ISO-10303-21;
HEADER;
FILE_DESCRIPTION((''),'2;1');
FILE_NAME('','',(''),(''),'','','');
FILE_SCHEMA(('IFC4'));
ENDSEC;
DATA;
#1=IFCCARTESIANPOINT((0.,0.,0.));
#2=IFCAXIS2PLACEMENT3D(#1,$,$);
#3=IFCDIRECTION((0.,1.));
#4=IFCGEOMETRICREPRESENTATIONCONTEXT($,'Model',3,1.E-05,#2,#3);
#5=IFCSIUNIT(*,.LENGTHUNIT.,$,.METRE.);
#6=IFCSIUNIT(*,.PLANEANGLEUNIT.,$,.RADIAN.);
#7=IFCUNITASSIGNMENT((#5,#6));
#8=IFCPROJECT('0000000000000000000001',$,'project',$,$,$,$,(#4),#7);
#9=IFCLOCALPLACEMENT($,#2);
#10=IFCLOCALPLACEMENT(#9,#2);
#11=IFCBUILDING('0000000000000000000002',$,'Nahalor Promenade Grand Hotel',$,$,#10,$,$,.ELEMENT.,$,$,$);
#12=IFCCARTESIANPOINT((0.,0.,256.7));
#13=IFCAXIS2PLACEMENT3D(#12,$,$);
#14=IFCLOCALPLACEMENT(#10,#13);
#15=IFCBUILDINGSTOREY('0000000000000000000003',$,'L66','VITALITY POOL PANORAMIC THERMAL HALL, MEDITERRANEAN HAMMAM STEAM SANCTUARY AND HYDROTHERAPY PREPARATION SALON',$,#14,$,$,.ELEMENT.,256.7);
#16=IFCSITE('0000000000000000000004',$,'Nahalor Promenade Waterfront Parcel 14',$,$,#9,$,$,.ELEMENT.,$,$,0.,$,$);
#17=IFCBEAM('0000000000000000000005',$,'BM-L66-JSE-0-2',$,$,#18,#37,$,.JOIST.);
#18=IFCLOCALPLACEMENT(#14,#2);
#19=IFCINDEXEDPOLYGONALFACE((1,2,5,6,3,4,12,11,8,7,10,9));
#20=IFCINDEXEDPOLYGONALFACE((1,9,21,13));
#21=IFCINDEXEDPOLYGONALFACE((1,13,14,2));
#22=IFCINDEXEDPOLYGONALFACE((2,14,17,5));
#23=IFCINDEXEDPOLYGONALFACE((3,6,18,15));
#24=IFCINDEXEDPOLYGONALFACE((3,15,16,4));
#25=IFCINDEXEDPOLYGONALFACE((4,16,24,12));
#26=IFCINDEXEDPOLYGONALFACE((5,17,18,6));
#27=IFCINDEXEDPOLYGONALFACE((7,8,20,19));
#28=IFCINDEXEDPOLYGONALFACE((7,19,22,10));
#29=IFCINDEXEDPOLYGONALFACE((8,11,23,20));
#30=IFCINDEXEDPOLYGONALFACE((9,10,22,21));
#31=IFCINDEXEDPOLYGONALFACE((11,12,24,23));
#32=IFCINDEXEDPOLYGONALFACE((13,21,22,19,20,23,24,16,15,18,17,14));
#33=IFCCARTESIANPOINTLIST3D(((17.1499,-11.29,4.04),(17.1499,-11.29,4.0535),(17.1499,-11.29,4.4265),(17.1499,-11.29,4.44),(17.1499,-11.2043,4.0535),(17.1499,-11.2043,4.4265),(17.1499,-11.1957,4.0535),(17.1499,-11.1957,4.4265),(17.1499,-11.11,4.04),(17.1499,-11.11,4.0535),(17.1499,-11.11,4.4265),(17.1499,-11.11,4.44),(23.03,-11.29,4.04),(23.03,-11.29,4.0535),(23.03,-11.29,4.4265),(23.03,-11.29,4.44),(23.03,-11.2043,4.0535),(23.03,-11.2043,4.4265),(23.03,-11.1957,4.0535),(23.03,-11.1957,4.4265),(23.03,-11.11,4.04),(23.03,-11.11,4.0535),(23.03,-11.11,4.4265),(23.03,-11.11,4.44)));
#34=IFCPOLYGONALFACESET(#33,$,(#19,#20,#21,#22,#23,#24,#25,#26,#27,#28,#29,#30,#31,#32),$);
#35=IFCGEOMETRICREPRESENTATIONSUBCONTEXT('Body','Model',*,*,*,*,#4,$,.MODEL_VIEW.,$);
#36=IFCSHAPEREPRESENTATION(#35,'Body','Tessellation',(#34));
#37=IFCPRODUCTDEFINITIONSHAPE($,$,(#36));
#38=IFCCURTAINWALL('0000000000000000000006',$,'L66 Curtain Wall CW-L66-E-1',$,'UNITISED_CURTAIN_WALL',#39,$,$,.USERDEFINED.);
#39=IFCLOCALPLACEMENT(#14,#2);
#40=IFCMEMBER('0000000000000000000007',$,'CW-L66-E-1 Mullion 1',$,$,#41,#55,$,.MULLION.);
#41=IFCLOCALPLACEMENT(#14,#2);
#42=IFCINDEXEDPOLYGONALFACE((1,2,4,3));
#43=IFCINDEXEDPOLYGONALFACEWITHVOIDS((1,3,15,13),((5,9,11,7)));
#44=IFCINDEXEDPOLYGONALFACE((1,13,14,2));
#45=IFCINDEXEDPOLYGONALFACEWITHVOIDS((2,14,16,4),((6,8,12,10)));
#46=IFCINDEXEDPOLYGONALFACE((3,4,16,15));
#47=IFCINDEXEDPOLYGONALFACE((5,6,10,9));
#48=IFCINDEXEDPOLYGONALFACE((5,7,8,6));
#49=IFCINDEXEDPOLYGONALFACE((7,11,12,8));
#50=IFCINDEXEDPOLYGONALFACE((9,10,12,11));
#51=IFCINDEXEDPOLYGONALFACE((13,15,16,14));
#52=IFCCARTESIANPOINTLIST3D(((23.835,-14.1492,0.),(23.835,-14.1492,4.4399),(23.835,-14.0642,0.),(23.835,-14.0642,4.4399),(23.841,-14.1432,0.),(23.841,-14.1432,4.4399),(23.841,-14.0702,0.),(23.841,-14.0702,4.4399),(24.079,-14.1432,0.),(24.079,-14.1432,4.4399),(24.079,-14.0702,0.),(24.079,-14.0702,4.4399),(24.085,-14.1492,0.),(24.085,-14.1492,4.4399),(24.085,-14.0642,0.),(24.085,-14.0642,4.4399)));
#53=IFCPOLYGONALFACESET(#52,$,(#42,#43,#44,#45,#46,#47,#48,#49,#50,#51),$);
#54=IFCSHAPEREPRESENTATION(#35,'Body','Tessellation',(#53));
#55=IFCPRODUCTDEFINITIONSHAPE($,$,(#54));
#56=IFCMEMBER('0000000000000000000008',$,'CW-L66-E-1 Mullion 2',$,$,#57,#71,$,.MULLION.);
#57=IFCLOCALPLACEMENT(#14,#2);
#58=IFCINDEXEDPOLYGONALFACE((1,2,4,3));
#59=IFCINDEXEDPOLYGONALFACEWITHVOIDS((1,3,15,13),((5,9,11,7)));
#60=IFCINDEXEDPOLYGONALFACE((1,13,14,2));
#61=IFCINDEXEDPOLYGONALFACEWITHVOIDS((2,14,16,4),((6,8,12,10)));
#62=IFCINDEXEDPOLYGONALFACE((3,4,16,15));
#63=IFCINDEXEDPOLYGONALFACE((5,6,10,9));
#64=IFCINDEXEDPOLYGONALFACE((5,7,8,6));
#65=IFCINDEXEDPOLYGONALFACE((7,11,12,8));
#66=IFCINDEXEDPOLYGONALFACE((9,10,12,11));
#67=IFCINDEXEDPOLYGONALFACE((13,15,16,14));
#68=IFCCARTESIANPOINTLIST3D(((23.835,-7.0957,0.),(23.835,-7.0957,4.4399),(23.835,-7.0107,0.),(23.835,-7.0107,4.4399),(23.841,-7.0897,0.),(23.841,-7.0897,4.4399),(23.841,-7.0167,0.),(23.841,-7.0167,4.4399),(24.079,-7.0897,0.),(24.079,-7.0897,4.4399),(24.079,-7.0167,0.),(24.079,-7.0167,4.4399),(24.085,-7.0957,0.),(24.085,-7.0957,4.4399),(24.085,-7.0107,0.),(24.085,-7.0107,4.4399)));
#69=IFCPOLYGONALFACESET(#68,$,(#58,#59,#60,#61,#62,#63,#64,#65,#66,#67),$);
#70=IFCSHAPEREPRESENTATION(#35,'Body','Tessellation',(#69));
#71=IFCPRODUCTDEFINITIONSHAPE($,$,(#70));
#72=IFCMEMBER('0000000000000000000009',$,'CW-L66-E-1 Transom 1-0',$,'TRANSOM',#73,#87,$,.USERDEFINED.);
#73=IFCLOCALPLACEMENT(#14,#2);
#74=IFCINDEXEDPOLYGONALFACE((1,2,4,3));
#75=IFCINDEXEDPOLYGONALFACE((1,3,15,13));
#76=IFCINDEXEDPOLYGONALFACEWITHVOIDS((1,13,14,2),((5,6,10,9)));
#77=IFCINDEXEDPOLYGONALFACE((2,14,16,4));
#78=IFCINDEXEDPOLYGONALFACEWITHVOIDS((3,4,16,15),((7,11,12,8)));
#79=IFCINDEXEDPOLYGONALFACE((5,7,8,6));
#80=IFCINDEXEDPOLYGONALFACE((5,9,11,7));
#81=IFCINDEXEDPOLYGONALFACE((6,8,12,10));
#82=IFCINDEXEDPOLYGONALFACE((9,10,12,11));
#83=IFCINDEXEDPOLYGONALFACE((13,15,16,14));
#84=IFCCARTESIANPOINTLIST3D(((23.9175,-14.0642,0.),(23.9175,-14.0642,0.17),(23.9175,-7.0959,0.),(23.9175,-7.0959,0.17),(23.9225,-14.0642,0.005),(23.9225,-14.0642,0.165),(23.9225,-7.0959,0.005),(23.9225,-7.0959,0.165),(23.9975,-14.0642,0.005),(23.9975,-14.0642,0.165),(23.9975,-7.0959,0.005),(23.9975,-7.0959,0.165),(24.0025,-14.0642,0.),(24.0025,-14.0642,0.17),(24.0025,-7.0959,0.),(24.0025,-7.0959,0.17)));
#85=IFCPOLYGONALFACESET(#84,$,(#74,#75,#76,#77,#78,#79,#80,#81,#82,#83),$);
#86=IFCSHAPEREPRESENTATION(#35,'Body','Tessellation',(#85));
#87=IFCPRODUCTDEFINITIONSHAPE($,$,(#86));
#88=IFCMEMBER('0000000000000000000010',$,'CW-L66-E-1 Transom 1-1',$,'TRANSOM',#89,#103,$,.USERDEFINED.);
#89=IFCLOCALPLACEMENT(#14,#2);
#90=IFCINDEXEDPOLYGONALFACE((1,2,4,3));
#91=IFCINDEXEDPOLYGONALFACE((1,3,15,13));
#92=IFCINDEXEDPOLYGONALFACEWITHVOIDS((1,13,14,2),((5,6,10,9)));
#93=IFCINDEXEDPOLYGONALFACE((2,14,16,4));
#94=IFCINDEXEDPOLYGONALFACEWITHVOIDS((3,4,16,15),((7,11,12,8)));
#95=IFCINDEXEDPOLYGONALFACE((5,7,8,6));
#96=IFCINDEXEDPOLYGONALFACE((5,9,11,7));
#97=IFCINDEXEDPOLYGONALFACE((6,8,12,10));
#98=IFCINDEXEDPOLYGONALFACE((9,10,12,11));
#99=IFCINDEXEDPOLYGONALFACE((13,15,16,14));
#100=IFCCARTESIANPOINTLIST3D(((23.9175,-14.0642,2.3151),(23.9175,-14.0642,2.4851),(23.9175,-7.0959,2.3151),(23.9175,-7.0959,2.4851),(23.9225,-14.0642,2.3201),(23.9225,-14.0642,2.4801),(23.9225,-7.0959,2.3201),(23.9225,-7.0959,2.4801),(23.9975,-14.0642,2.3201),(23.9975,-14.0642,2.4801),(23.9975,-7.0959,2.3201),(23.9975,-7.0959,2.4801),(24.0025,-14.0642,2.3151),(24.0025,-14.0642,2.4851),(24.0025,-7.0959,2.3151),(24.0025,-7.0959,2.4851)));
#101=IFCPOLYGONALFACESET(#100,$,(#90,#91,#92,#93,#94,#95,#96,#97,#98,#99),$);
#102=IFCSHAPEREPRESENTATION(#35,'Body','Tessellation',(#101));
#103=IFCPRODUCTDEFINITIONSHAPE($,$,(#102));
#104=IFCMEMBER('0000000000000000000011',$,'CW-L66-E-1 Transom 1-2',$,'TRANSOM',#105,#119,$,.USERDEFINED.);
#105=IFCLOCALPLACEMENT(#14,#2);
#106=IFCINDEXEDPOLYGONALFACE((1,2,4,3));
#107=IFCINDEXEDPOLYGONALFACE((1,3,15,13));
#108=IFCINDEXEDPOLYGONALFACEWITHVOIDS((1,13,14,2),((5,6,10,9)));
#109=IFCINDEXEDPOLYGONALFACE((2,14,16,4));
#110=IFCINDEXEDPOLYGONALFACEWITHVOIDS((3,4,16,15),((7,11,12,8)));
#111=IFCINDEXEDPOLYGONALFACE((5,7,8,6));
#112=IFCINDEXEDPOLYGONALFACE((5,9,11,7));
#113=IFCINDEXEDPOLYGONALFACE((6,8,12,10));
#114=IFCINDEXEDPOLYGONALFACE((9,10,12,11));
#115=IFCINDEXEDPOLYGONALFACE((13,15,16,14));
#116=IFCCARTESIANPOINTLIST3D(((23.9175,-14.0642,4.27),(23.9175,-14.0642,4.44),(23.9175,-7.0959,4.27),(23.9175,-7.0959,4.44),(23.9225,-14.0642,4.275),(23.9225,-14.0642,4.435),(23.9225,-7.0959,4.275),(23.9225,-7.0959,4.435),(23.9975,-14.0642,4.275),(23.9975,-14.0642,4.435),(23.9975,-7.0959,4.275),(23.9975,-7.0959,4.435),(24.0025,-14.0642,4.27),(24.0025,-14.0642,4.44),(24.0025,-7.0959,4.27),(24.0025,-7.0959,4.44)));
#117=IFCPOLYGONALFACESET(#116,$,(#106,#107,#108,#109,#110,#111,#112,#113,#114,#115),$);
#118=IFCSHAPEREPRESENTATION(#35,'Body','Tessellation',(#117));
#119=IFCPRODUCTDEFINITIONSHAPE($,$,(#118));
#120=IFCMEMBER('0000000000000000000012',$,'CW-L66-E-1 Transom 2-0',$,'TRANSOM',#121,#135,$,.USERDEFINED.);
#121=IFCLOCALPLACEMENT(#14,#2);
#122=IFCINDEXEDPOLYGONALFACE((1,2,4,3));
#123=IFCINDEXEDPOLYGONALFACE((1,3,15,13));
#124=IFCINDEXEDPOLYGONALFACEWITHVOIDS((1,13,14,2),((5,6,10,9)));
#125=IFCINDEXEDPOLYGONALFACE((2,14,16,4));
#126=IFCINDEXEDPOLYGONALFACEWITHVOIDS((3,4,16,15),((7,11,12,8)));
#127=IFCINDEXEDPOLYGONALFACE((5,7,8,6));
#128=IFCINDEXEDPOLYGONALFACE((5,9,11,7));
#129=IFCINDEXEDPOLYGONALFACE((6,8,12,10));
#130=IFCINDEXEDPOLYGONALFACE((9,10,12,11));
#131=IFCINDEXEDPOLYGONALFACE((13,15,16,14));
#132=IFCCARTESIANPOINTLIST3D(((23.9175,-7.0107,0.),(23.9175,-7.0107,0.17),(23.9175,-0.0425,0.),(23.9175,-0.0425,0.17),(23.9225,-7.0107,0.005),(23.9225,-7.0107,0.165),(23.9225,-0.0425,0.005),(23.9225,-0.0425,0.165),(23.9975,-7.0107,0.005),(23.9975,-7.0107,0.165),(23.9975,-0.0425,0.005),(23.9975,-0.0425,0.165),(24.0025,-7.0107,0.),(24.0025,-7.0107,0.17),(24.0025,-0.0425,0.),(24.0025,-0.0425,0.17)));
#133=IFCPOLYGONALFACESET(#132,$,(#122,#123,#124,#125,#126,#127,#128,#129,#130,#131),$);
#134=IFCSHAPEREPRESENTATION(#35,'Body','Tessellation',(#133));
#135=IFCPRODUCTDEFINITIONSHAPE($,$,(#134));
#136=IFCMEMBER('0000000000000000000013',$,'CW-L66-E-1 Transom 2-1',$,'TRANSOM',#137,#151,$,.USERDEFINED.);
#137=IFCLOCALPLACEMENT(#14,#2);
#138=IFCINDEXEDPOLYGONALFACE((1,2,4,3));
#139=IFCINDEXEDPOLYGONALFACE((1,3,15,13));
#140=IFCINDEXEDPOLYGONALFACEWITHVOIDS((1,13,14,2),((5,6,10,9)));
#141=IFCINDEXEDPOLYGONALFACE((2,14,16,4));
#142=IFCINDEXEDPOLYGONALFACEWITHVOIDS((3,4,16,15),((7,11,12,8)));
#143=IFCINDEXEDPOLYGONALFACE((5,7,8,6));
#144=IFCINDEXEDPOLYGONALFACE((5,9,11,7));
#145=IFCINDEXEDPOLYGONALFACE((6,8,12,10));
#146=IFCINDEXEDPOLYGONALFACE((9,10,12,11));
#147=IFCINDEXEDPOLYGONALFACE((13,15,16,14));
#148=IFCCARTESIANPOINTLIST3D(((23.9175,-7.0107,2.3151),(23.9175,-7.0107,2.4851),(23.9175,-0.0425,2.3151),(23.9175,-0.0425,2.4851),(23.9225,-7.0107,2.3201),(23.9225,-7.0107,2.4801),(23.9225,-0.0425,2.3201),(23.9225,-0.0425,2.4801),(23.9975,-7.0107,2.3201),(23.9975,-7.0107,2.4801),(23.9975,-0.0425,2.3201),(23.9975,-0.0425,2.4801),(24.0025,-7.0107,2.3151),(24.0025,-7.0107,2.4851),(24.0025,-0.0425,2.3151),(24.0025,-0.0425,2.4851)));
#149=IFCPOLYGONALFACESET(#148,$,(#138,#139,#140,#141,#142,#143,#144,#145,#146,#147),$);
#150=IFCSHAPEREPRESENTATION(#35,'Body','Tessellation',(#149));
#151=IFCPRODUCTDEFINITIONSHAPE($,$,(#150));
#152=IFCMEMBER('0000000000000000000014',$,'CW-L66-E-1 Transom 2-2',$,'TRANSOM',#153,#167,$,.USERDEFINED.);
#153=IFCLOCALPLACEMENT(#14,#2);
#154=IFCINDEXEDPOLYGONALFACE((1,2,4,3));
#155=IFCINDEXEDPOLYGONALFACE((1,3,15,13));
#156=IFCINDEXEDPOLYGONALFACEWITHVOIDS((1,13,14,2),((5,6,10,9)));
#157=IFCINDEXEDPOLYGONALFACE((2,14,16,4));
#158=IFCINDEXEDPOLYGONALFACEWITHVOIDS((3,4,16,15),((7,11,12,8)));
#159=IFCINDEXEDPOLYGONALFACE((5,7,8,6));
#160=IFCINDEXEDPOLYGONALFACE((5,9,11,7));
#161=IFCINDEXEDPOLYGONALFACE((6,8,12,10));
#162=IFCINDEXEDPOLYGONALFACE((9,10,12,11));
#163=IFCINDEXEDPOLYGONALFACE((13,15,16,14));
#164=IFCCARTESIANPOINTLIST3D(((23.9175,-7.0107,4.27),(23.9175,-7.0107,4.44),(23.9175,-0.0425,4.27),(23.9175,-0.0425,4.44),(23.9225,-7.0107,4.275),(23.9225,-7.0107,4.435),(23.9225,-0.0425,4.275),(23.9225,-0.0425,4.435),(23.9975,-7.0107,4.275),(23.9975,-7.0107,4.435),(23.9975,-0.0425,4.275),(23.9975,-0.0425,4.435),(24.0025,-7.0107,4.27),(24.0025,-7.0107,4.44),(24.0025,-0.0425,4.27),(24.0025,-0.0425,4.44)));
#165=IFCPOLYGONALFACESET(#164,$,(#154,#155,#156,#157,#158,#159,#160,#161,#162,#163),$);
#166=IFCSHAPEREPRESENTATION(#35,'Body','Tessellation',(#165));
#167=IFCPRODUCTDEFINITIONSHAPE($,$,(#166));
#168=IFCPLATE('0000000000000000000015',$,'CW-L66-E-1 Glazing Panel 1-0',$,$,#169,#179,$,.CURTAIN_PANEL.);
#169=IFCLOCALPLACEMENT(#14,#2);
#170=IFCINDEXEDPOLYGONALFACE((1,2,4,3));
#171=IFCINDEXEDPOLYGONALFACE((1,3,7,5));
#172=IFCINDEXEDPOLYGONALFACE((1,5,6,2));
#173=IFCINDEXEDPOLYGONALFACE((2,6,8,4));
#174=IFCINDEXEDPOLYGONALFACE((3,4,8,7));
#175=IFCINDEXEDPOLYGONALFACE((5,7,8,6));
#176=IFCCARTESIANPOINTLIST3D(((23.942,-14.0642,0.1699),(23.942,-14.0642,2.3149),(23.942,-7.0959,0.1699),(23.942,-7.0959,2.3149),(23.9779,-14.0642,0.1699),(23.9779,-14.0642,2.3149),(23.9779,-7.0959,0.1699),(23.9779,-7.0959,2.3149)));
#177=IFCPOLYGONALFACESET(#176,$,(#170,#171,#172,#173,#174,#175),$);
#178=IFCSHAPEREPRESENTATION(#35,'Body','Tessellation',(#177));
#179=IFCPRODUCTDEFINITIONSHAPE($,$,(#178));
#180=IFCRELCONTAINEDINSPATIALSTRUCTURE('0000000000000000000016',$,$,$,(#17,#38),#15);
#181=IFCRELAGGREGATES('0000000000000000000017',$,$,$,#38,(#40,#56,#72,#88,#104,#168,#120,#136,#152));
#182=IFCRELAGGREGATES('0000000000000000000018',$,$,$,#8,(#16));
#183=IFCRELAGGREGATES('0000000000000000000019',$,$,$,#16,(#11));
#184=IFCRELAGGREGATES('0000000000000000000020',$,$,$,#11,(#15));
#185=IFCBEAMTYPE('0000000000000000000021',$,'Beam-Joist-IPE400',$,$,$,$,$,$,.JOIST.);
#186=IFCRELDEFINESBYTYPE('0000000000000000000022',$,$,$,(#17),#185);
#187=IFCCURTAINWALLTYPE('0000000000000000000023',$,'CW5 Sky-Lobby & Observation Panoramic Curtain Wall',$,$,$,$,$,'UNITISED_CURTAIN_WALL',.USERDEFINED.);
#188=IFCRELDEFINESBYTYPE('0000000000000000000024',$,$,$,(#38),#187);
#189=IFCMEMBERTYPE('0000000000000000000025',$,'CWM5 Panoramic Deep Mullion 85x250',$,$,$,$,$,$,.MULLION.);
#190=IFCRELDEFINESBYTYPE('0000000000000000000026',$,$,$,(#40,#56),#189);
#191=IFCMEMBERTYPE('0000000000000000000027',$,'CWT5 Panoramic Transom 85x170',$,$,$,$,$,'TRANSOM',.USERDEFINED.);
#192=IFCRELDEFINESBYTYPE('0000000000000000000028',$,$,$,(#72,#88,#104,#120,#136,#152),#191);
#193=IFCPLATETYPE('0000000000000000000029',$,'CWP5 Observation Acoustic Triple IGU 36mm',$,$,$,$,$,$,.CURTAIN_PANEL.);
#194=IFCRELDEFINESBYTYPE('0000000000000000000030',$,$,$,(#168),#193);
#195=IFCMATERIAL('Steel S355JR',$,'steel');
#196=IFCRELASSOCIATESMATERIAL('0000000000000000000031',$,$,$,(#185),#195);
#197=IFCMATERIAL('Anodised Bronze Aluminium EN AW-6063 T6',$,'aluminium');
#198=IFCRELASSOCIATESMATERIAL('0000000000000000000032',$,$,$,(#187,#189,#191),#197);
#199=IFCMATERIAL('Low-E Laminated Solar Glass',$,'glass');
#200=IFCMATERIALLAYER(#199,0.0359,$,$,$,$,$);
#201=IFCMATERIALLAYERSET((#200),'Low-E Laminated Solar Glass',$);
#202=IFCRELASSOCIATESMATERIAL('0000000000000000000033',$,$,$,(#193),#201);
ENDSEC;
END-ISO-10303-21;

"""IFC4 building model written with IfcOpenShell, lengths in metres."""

from ifc_helpers import new_model, si_unit, direction, frame, origin, origin_2d, place, context, subcontext, project, spatial, rectangle, hollow_rectangle, i_section, extrude, source, transform, mapped, material, layer, layer_set, material_profile, profile_set, type_object, element, aggregate, save


model = new_model("IFC4")

# Units and contexts
model_context = context("Model", 3, precision=1e-05, world=origin(), true_north=direction((0.0, 1.0)))
body_context = subcontext(model_context, "Body", "Model", "MODEL_VIEW")
ifc_project = project(units=[si_unit("LENGTHUNIT", "METRE"), si_unit("PLANEANGLEUNIT", "RADIAN")], contexts=[model_context])

# Site, building, storey
site_placement = place(None, origin())
site = spatial("IfcSite", under=ifc_project, at=site_placement, Name="Nahalor Promenade Waterfront Parcel 14", CompositionType="ELEMENT", RefElevation=0.0)
building_placement = place(site_placement, origin())
building = spatial("IfcBuilding", under=site, at=building_placement, Name="Nahalor Promenade Grand Hotel", CompositionType="ELEMENT")
storey_placement = place(building_placement, frame((0.0, 0.0, 256.7)))
storey = spatial("IfcBuildingStorey", under=building, at=storey_placement, Name="L66", Description="VITALITY POOL PANORAMIC THERMAL HALL, MEDITERRANEAN HAMMAM STEAM SANCTUARY AND HYDROTHERAPY PREPARATION SALON", CompositionType="ELEMENT", Elevation=256.7)

# Shared definitions
ifc_material_1 = material(Name="Steel S355JR", Category="steel")

# Beam
ifc_material_profile_1 = material_profile(ifc_material_1, i_section(OverallWidth=0.18, OverallDepth=0.4, WebThickness=0.0086, FlangeThickness=0.0135, at=origin_2d()), Name="IPE 400")
ifc_profile_set_1 = profile_set([ifc_material_profile_1], Name="Steel S355JR")
beam_type_1 = type_object("IfcBeamType", Name="Beam-Joist-IPE400", PredefinedType="JOIST", material=ifc_profile_set_1)
shared_shape_1 = source(origin(), body_context, "Body", "SweptSolid", [
    extrude(i_section(OverallWidth=0.18, OverallDepth=0.4, WebThickness=0.0086, FlangeThickness=0.0135, at=origin_2d()), origin(), (0.0, 0.0, 1.0), 5.8801),
])
beam_1_placement = place(storey_placement, frame((17.1499, -11.2, 4.24), z_axis=(1.0, 0.0, 0.0), x_axis=(0.0, 1.0, 0.0)))
element("IfcBeam", 1, at=beam_1_placement, inside=storey, type_object=beam_type_1, Name="BM-L66-JSE-0-2", PredefinedType="JOIST", context=body_context, shape_type="MappedRepresentation", body=[
    mapped(shared_shape_1, transform((0.0, 0.0, 0.0), scale=1.0)),
])

# Curtain wall, members, plate
ifc_material_2 = material(Name="Anodised Bronze Aluminium EN AW-6063 T6", Category="aluminium")
curtain_wall_type = type_object("IfcCurtainWallType", Name="CW5 Sky-Lobby & Observation Panoramic Curtain Wall", ElementType="UNITISED_CURTAIN_WALL", PredefinedType="USERDEFINED", material=ifc_material_2)
curtain_wall_placement = place(storey_placement, origin())
curtain_wall = element("IfcCurtainWall", 2, at=curtain_wall_placement, inside=storey, type_object=curtain_wall_type, Name="L66 Curtain Wall CW-L66-E-1", ObjectType="UNITISED_CURTAIN_WALL", PredefinedType="USERDEFINED")
ifc_material_profile_2 = material_profile(ifc_material_2, hollow_rectangle(XDim=0.085, YDim=0.25, WallThickness=0.006, at=origin_2d()), Name="CWM 85x250x6")
ifc_profile_set_2 = profile_set([ifc_material_profile_2], Name="Anodised Bronze Aluminium EN AW-6063 T6")
member_type_1 = type_object("IfcMemberType", Name="CWM5 Panoramic Deep Mullion 85x250", PredefinedType="MULLION", material=ifc_profile_set_2)
shared_shape_2 = source(origin(), body_context, "Body", "SweptSolid", [
    extrude(hollow_rectangle(XDim=0.085, YDim=0.25, WallThickness=0.006, at=origin_2d()), origin(), (0.0, 0.0, 1.0), 4.4399),
])
member_1_placement = place(storey_placement, frame((23.96, -14.1067, 0.0), z_axis=(0.0, 0.0, 1.0), x_axis=(0.0, 1.0, 0.0)))
member_1 = element("IfcMember", 3, at=member_1_placement, type_object=member_type_1, Name="CW-L66-E-1 Mullion 1", PredefinedType="MULLION", context=body_context, shape_type="MappedRepresentation", body=[
    mapped(shared_shape_2, transform((0.0, 0.0, 0.0), scale=1.0)),
])
member_2_placement = place(storey_placement, frame((23.96, -7.0532, 0.0), z_axis=(0.0, 0.0, 1.0), x_axis=(0.0, 1.0, 0.0)))
member_2 = element("IfcMember", 4, at=member_2_placement, type_object=member_type_1, Name="CW-L66-E-1 Mullion 2", PredefinedType="MULLION", context=body_context, shape_type="MappedRepresentation", body=[
    mapped(shared_shape_2, transform((0.0, 0.0, 0.0), scale=1.0)),
])
ifc_material_profile_3 = material_profile(ifc_material_2, hollow_rectangle(XDim=0.085, YDim=0.17, WallThickness=0.005, at=origin_2d()), Name="CWT 85x170x5")
ifc_profile_set_3 = profile_set([ifc_material_profile_3], Name="Anodised Bronze Aluminium EN AW-6063 T6")
member_type_2 = type_object("IfcMemberType", Name="CWT5 Panoramic Transom 85x170", ElementType="TRANSOM", PredefinedType="USERDEFINED", material=ifc_profile_set_3)
shared_shape_3 = source(origin(), body_context, "Body", "SweptSolid", [
    extrude(hollow_rectangle(XDim=0.085, YDim=0.17, WallThickness=0.005, at=origin_2d()), origin(), (0.0, 0.0, 1.0), 6.9683),
])
member_3_placement = place(storey_placement, frame((23.96, -14.0642, 0.085), z_axis=(0.0, 1.0, 0.0), x_axis=(-1.0, 0.0, 0.0)))
member_3 = element("IfcMember", 5, at=member_3_placement, type_object=member_type_2, Name="CW-L66-E-1 Transom 1-0", ObjectType="TRANSOM", PredefinedType="USERDEFINED", context=body_context, shape_type="MappedRepresentation", body=[
    mapped(shared_shape_3, transform((0.0, 0.0, 0.0), scale=1.0)),
])
member_4_placement = place(storey_placement, frame((23.96, -14.0642, 2.4001), z_axis=(0.0, 1.0, 0.0), x_axis=(-1.0, 0.0, 0.0)))
member_4 = element("IfcMember", 6, at=member_4_placement, type_object=member_type_2, Name="CW-L66-E-1 Transom 1-1", ObjectType="TRANSOM", PredefinedType="USERDEFINED", context=body_context, shape_type="MappedRepresentation", body=[
    mapped(shared_shape_3, transform((0.0, 0.0, 0.0), scale=1.0)),
])
member_5_placement = place(storey_placement, frame((23.96, -14.0642, 4.355), z_axis=(0.0, 1.0, 0.0), x_axis=(-1.0, 0.0, 0.0)))
member_5 = element("IfcMember", 7, at=member_5_placement, type_object=member_type_2, Name="CW-L66-E-1 Transom 1-2", ObjectType="TRANSOM", PredefinedType="USERDEFINED", context=body_context, shape_type="MappedRepresentation", body=[
    mapped(shared_shape_3, transform((0.0, 0.0, 0.0), scale=1.0)),
])
member_6_placement = place(storey_placement, frame((23.96, -7.0107, 0.085), z_axis=(0.0, 1.0, 0.0), x_axis=(-1.0, 0.0, 0.0)))
member_6 = element("IfcMember", 8, at=member_6_placement, type_object=member_type_2, Name="CW-L66-E-1 Transom 2-0", ObjectType="TRANSOM", PredefinedType="USERDEFINED", context=body_context, shape_type="MappedRepresentation", body=[
    mapped(shared_shape_3, transform((0.0, 0.0, 0.0), scale=1.0)),
])
member_7_placement = place(storey_placement, frame((23.96, -7.0107, 2.4001), z_axis=(0.0, 1.0, 0.0), x_axis=(-1.0, 0.0, 0.0)))
member_7 = element("IfcMember", 9, at=member_7_placement, type_object=member_type_2, Name="CW-L66-E-1 Transom 2-1", ObjectType="TRANSOM", PredefinedType="USERDEFINED", context=body_context, shape_type="MappedRepresentation", body=[
    mapped(shared_shape_3, transform((0.0, 0.0, 0.0), scale=1.0)),
])
member_8_placement = place(storey_placement, frame((23.96, -7.0107, 4.355), z_axis=(0.0, 1.0, 0.0), x_axis=(-1.0, 0.0, 0.0)))
member_8 = element("IfcMember", 10, at=member_8_placement, type_object=member_type_2, Name="CW-L66-E-1 Transom 2-2", ObjectType="TRANSOM", PredefinedType="USERDEFINED", context=body_context, shape_type="MappedRepresentation", body=[
    mapped(shared_shape_3, transform((0.0, 0.0, 0.0), scale=1.0)),
])
ifc_material_3 = material(Name="Low-E Laminated Solar Glass", Category="glass")
ifc_layer_1 = layer(ifc_material_3, 0.0359)
ifc_layer_set_1 = layer_set([ifc_layer_1], Name="Low-E Laminated Solar Glass")
plate_type = type_object("IfcPlateType", Name="CWP5 Observation Acoustic Triple IGU 36mm", PredefinedType="CURTAIN_PANEL", material=ifc_layer_set_1)
shared_shape_4 = source(origin(), body_context, "Body", "SweptSolid", [
    extrude(rectangle(XDim=6.9683, YDim=0.0359, at=origin_2d()), origin(), (0.0, 0.0, 1.0), 2.145),
])
plate_1_placement = place(storey_placement, frame((23.96, -10.5801, 0.1699), z_axis=(0.0, 0.0, 1.0), x_axis=(0.0, 1.0, 0.0)))
plate_1 = element("IfcPlate", 11, at=plate_1_placement, type_object=plate_type, Name="CW-L66-E-1 Glazing Panel 1-0", PredefinedType="CURTAIN_PANEL", context=body_context, shape_type="MappedRepresentation", body=[
    mapped(shared_shape_4, transform((0.0, 0.0, 0.0), scale=1.0)),
])
aggregate(curtain_wall, [member_1, member_2, member_3, member_4, member_5, plate_1, member_6, member_7, member_8])

save(model, "model.ifc")
